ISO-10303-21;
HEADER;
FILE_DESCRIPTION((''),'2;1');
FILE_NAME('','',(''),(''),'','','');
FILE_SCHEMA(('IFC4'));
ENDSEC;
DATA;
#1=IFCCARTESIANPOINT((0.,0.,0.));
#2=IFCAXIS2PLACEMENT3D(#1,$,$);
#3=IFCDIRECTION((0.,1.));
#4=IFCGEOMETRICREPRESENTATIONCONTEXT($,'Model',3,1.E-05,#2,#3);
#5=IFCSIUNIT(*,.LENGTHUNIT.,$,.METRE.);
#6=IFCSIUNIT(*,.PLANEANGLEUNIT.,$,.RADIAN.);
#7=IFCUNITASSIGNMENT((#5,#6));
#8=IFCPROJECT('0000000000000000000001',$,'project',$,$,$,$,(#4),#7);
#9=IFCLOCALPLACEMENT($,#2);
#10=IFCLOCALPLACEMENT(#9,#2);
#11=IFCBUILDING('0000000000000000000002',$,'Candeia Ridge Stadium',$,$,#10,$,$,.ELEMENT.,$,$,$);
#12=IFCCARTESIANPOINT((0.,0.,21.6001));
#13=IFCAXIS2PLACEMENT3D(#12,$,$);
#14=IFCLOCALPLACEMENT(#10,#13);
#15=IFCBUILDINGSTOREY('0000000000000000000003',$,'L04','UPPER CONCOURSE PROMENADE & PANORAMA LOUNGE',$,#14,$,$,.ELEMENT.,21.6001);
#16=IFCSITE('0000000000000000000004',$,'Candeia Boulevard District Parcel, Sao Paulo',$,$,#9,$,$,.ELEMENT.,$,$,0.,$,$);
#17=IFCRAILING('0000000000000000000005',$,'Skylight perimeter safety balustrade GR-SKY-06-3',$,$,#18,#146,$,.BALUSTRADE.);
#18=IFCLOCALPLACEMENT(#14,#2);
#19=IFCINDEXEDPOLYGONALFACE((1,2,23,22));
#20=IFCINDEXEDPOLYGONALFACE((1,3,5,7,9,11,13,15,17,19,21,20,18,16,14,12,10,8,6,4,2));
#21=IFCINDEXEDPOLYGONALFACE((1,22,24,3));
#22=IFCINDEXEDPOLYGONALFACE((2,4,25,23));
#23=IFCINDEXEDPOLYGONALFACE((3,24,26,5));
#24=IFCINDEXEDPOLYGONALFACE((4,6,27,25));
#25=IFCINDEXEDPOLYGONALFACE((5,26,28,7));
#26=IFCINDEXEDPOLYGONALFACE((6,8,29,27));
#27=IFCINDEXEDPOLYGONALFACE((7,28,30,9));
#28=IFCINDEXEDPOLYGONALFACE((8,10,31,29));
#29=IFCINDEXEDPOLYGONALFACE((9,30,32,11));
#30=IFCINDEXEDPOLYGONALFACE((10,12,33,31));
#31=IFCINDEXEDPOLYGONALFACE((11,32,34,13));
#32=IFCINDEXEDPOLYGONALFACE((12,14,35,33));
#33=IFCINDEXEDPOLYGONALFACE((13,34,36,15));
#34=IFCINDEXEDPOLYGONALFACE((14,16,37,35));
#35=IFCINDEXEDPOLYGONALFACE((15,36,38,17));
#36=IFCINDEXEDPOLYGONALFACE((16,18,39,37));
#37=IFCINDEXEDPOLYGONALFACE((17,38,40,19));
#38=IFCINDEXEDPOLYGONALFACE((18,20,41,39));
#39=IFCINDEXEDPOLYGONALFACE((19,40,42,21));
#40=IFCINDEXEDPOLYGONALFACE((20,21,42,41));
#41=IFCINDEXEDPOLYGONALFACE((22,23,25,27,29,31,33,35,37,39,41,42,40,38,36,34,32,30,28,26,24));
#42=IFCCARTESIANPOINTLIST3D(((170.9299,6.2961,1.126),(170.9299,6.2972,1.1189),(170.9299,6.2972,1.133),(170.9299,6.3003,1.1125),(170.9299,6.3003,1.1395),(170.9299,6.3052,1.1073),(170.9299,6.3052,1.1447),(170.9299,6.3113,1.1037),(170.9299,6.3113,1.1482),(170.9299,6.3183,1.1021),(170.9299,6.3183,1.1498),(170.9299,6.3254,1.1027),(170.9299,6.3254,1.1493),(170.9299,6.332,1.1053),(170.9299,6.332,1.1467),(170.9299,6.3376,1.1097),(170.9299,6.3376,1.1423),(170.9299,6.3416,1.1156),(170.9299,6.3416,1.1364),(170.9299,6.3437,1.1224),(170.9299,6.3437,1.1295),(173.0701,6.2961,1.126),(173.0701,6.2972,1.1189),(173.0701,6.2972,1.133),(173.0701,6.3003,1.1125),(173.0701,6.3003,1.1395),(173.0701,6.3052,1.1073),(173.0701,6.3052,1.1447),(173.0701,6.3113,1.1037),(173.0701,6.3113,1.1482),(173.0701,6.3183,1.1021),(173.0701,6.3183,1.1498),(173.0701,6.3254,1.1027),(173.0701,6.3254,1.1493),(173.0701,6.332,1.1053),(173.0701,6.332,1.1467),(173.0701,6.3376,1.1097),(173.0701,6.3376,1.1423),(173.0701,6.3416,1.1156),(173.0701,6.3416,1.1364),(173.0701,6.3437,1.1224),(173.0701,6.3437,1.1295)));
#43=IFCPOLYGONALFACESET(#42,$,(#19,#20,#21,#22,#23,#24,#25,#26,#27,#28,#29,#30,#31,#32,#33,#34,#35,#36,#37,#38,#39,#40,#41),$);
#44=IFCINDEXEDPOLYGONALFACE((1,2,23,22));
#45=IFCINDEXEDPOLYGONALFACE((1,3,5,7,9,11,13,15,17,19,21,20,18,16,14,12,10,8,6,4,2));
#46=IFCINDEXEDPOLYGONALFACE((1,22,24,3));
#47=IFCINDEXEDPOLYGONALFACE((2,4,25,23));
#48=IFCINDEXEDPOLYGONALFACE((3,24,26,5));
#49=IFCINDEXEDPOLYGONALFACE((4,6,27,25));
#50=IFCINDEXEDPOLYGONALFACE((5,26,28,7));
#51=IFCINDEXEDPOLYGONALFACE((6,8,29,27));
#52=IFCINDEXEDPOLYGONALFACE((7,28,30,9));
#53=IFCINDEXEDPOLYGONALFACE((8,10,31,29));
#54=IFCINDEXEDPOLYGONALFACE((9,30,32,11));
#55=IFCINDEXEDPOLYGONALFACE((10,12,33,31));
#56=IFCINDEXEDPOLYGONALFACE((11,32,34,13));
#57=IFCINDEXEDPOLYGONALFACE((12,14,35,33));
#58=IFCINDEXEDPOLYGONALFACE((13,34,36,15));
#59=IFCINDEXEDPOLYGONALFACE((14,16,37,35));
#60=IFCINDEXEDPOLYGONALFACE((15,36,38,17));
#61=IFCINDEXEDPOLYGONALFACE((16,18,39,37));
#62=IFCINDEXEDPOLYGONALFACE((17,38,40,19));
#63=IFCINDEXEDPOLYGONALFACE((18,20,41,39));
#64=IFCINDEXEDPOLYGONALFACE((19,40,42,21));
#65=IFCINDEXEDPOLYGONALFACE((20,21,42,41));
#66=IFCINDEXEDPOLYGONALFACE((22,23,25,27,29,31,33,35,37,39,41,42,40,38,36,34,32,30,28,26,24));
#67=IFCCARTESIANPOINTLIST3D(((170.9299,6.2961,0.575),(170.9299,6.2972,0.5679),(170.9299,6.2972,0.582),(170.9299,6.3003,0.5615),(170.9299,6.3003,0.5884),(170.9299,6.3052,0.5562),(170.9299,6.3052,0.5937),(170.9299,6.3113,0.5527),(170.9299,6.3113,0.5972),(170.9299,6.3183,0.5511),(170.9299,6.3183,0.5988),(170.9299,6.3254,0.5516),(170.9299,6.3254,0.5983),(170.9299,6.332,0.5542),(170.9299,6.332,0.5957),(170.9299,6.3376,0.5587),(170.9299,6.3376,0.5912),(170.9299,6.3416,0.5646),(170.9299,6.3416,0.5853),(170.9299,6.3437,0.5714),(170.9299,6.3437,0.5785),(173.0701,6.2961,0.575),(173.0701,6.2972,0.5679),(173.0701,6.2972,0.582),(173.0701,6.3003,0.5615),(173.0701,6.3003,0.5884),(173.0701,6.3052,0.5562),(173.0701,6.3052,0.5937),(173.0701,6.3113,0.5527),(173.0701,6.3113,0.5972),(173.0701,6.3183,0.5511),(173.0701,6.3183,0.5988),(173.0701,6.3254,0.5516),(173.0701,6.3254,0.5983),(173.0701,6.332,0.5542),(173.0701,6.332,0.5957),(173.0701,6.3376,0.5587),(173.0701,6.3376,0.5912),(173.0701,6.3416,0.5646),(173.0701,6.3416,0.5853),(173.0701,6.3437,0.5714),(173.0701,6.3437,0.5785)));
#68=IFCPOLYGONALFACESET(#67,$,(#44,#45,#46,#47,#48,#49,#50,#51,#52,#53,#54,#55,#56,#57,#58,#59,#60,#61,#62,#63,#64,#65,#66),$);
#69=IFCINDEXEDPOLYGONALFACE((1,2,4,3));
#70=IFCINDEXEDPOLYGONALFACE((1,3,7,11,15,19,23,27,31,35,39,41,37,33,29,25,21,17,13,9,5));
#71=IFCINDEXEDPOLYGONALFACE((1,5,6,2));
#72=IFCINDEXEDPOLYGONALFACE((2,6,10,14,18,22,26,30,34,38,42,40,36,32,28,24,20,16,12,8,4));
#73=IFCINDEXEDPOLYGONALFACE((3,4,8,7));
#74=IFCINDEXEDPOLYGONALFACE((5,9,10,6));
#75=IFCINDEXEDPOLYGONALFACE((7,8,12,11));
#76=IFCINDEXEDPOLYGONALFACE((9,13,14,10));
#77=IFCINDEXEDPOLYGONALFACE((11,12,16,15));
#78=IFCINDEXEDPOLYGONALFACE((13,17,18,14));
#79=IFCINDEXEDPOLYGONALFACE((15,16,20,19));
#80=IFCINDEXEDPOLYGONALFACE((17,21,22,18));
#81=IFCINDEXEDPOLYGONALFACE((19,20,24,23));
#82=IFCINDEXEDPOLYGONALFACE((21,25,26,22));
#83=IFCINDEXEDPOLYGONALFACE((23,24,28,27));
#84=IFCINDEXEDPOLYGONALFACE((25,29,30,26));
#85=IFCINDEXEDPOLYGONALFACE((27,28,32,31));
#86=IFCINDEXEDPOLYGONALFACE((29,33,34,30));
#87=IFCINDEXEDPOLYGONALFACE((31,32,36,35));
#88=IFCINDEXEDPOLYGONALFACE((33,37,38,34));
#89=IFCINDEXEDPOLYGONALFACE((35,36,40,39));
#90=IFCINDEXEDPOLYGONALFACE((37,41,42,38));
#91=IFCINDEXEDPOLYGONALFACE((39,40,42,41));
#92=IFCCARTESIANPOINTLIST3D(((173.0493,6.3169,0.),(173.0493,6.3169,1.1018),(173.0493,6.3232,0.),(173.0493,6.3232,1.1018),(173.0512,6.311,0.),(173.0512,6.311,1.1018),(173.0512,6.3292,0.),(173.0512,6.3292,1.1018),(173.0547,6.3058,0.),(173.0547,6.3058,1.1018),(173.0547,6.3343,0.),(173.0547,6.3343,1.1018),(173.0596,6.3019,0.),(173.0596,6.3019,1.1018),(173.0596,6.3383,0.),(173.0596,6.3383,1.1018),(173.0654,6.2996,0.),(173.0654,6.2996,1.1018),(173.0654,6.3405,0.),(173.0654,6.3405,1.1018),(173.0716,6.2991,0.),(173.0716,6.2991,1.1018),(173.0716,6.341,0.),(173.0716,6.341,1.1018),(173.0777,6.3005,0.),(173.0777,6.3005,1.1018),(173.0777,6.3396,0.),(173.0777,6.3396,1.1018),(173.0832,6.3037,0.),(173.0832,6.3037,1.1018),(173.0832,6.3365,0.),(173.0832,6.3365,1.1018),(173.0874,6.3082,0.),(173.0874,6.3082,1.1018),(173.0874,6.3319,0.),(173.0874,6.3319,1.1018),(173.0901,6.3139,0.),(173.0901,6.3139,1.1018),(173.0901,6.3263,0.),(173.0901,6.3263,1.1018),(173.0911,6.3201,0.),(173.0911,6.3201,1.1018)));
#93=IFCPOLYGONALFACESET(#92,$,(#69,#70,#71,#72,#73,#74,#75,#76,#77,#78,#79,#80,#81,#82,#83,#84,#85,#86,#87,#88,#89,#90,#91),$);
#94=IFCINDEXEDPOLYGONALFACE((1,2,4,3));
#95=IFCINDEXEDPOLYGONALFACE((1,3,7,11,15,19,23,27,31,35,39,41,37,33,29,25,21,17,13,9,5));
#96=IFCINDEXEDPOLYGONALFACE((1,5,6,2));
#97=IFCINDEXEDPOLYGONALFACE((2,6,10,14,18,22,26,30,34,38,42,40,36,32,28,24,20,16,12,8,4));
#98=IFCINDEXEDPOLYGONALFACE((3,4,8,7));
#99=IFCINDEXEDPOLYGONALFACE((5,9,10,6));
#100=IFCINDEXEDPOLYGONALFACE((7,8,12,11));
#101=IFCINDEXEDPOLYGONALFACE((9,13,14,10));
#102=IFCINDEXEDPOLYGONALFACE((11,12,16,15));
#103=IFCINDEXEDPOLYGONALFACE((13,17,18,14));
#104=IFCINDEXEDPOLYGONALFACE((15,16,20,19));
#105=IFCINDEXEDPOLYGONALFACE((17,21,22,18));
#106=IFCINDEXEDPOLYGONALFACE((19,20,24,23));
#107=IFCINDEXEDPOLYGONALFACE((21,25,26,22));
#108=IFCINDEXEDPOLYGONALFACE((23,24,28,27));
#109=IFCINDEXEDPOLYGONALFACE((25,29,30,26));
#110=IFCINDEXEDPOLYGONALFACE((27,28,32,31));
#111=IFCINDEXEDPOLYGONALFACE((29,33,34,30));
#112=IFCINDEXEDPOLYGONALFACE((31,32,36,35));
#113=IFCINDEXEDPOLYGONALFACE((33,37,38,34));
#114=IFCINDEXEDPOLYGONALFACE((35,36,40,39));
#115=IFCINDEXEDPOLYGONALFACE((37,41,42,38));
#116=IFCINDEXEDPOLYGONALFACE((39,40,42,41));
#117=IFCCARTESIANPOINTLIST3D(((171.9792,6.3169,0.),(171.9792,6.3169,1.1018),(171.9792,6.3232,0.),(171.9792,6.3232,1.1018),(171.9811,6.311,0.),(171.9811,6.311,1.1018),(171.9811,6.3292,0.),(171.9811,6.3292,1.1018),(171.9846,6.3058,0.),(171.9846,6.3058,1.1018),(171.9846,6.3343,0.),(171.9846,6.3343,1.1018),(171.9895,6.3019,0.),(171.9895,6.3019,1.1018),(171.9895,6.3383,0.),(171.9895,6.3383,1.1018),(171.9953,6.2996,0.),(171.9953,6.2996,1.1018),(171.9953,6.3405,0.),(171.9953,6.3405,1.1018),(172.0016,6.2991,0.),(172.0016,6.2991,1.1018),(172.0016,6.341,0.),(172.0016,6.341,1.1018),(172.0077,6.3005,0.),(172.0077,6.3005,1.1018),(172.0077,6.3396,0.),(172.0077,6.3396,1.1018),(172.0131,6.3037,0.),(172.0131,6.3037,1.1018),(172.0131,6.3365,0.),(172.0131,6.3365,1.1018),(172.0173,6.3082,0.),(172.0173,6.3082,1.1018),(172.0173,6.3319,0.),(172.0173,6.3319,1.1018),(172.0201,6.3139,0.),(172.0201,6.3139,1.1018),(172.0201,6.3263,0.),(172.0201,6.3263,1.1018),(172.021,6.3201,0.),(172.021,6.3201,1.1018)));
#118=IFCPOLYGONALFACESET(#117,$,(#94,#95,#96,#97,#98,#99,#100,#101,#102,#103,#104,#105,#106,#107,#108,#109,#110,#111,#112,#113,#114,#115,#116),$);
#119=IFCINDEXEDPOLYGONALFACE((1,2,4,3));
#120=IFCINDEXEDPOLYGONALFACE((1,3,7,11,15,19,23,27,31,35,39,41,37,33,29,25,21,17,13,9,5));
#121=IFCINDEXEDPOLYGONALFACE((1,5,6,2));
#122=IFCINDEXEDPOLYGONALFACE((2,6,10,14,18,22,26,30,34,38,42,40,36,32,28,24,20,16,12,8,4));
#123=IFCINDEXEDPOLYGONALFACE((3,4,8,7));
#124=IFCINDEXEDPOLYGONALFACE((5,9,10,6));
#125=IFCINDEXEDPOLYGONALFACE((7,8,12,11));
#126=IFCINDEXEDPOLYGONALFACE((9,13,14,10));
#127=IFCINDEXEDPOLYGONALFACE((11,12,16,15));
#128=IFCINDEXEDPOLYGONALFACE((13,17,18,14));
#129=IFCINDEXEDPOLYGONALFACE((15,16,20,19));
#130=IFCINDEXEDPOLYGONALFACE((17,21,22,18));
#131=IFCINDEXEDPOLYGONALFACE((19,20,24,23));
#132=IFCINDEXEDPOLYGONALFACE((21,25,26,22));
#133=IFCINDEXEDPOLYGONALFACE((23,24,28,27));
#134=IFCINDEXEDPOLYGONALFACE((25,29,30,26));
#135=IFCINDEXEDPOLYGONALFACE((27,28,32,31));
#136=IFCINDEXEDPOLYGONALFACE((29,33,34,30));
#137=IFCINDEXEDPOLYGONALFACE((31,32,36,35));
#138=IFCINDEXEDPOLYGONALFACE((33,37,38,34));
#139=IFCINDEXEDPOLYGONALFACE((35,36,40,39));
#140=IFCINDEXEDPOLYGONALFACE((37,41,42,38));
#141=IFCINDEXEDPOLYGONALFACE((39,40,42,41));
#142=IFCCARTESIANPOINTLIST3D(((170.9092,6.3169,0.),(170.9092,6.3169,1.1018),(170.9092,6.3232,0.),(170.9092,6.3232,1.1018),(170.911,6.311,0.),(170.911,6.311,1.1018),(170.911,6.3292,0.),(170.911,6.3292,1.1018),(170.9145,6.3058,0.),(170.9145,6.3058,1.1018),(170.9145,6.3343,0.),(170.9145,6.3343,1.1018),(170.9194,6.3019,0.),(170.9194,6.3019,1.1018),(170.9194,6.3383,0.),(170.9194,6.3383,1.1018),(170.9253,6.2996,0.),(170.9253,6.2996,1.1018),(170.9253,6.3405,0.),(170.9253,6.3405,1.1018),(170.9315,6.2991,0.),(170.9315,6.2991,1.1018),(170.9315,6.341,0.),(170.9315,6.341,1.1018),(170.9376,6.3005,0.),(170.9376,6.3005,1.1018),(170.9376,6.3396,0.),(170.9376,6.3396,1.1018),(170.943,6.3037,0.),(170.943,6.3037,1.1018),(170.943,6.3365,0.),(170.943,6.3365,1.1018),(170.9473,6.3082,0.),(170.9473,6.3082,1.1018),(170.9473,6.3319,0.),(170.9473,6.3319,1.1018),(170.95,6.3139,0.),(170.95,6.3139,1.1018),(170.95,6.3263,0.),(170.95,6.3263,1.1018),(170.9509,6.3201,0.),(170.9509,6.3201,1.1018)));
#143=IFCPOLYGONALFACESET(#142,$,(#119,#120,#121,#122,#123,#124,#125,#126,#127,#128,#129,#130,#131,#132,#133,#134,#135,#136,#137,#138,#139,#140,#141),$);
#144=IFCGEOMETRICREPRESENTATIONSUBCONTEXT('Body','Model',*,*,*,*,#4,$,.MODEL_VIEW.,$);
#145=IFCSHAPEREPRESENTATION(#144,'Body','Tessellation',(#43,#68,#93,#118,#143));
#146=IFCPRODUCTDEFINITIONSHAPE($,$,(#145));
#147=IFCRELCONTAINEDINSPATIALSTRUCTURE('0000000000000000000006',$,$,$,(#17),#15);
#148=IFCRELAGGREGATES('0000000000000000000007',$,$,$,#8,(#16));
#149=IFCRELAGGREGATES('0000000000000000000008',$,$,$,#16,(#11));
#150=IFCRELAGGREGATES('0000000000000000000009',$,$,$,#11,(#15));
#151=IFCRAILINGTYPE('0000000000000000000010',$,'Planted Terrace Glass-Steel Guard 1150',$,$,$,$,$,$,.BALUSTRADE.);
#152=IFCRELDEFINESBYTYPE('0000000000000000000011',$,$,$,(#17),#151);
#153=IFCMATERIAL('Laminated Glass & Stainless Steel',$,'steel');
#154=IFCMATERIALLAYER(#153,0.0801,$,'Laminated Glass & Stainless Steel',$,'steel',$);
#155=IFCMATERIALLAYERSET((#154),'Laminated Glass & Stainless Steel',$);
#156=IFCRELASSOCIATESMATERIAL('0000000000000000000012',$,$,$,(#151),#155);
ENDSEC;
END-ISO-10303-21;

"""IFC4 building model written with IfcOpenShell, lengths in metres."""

from ifc_helpers import new_model, si_unit, direction, frame, origin, origin_2d, place, context, subcontext, project, spatial, circle, extrude, material, layer, layer_set, type_object, element, save


model = new_model("IFC4")

# Units and contexts
model_context = context("Model", 3, precision=1e-05, world=origin(), true_north=direction((0.0, 1.0)))
body_context = subcontext(model_context, "Body", "Model", "MODEL_VIEW")
ifc_project = project(units=[si_unit("LENGTHUNIT", "METRE"), si_unit("PLANEANGLEUNIT", "RADIAN")], contexts=[model_context])

# Site, building, storey
site_placement = place(None, origin())
site = spatial("IfcSite", under=ifc_project, at=site_placement, Name="Candeia Boulevard District Parcel, Sao Paulo", CompositionType="ELEMENT", RefElevation=0.0)
building_placement = place(site_placement, origin())
building = spatial("IfcBuilding", under=site, at=building_placement, Name="Candeia Ridge Stadium", CompositionType="ELEMENT")
storey_placement = place(building_placement, frame((0.0, 0.0, 21.6001)))
storey = spatial("IfcBuildingStorey", under=building, at=storey_placement, Name="L04", Description="UPPER CONCOURSE PROMENADE & PANORAMA LOUNGE", CompositionType="ELEMENT", Elevation=21.6001)

# Railing
ifc_material_1 = material(Name="Laminated Glass & Stainless Steel", Category="steel")
ifc_layer_1 = layer(ifc_material_1, 0.0801, Name="Laminated Glass & Stainless Steel", Category="steel")
ifc_layer_set_1 = layer_set([ifc_layer_1], Name="Laminated Glass & Stainless Steel")
railing_type_1 = type_object("IfcRailingType", Name="Planted Terrace Glass-Steel Guard 1150", PredefinedType="BALUSTRADE", material=ifc_layer_set_1)
railing_1_placement = place(storey_placement, frame((173.0701, 6.3201, 0.0)))
element("IfcRailing", 1, at=railing_1_placement, inside=storey, type_object=railing_type_1, Name="Skylight perimeter safety balustrade GR-SKY-06-3", PredefinedType="BALUSTRADE", context=body_context, shape_type="SweptSolid", body=[
    extrude(circle(Radius=0.0239, at=origin_2d()), frame((0.0, 0.0, 1.126), z_axis=(-1.0, 0.0, 0.0), x_axis=(0.0, -1.0, 0.0)), (0.0, 0.0, 1.0), 2.1401),
    extrude(circle(Radius=0.0239, at=origin_2d()), frame((0.0, 0.0, 0.575), z_axis=(-1.0, 0.0, 0.0), x_axis=(0.0, -1.0, 0.0)), (0.0, 0.0, 1.0), 2.1401),
    extrude(circle(Radius=0.021, at=origin_2d()), origin(), (0.0, 0.0, 1.0), 1.1018),
    extrude(circle(Radius=0.021, at=origin_2d()), frame((-1.0701, 0.0, 0.0)), (0.0, 0.0, 1.0), 1.1018),
    extrude(circle(Radius=0.021, at=origin_2d()), frame((-2.1401, 0.0, 0.0)), (0.0, 0.0, 1.0), 1.1018),
])

save(model, "model.ifc")
